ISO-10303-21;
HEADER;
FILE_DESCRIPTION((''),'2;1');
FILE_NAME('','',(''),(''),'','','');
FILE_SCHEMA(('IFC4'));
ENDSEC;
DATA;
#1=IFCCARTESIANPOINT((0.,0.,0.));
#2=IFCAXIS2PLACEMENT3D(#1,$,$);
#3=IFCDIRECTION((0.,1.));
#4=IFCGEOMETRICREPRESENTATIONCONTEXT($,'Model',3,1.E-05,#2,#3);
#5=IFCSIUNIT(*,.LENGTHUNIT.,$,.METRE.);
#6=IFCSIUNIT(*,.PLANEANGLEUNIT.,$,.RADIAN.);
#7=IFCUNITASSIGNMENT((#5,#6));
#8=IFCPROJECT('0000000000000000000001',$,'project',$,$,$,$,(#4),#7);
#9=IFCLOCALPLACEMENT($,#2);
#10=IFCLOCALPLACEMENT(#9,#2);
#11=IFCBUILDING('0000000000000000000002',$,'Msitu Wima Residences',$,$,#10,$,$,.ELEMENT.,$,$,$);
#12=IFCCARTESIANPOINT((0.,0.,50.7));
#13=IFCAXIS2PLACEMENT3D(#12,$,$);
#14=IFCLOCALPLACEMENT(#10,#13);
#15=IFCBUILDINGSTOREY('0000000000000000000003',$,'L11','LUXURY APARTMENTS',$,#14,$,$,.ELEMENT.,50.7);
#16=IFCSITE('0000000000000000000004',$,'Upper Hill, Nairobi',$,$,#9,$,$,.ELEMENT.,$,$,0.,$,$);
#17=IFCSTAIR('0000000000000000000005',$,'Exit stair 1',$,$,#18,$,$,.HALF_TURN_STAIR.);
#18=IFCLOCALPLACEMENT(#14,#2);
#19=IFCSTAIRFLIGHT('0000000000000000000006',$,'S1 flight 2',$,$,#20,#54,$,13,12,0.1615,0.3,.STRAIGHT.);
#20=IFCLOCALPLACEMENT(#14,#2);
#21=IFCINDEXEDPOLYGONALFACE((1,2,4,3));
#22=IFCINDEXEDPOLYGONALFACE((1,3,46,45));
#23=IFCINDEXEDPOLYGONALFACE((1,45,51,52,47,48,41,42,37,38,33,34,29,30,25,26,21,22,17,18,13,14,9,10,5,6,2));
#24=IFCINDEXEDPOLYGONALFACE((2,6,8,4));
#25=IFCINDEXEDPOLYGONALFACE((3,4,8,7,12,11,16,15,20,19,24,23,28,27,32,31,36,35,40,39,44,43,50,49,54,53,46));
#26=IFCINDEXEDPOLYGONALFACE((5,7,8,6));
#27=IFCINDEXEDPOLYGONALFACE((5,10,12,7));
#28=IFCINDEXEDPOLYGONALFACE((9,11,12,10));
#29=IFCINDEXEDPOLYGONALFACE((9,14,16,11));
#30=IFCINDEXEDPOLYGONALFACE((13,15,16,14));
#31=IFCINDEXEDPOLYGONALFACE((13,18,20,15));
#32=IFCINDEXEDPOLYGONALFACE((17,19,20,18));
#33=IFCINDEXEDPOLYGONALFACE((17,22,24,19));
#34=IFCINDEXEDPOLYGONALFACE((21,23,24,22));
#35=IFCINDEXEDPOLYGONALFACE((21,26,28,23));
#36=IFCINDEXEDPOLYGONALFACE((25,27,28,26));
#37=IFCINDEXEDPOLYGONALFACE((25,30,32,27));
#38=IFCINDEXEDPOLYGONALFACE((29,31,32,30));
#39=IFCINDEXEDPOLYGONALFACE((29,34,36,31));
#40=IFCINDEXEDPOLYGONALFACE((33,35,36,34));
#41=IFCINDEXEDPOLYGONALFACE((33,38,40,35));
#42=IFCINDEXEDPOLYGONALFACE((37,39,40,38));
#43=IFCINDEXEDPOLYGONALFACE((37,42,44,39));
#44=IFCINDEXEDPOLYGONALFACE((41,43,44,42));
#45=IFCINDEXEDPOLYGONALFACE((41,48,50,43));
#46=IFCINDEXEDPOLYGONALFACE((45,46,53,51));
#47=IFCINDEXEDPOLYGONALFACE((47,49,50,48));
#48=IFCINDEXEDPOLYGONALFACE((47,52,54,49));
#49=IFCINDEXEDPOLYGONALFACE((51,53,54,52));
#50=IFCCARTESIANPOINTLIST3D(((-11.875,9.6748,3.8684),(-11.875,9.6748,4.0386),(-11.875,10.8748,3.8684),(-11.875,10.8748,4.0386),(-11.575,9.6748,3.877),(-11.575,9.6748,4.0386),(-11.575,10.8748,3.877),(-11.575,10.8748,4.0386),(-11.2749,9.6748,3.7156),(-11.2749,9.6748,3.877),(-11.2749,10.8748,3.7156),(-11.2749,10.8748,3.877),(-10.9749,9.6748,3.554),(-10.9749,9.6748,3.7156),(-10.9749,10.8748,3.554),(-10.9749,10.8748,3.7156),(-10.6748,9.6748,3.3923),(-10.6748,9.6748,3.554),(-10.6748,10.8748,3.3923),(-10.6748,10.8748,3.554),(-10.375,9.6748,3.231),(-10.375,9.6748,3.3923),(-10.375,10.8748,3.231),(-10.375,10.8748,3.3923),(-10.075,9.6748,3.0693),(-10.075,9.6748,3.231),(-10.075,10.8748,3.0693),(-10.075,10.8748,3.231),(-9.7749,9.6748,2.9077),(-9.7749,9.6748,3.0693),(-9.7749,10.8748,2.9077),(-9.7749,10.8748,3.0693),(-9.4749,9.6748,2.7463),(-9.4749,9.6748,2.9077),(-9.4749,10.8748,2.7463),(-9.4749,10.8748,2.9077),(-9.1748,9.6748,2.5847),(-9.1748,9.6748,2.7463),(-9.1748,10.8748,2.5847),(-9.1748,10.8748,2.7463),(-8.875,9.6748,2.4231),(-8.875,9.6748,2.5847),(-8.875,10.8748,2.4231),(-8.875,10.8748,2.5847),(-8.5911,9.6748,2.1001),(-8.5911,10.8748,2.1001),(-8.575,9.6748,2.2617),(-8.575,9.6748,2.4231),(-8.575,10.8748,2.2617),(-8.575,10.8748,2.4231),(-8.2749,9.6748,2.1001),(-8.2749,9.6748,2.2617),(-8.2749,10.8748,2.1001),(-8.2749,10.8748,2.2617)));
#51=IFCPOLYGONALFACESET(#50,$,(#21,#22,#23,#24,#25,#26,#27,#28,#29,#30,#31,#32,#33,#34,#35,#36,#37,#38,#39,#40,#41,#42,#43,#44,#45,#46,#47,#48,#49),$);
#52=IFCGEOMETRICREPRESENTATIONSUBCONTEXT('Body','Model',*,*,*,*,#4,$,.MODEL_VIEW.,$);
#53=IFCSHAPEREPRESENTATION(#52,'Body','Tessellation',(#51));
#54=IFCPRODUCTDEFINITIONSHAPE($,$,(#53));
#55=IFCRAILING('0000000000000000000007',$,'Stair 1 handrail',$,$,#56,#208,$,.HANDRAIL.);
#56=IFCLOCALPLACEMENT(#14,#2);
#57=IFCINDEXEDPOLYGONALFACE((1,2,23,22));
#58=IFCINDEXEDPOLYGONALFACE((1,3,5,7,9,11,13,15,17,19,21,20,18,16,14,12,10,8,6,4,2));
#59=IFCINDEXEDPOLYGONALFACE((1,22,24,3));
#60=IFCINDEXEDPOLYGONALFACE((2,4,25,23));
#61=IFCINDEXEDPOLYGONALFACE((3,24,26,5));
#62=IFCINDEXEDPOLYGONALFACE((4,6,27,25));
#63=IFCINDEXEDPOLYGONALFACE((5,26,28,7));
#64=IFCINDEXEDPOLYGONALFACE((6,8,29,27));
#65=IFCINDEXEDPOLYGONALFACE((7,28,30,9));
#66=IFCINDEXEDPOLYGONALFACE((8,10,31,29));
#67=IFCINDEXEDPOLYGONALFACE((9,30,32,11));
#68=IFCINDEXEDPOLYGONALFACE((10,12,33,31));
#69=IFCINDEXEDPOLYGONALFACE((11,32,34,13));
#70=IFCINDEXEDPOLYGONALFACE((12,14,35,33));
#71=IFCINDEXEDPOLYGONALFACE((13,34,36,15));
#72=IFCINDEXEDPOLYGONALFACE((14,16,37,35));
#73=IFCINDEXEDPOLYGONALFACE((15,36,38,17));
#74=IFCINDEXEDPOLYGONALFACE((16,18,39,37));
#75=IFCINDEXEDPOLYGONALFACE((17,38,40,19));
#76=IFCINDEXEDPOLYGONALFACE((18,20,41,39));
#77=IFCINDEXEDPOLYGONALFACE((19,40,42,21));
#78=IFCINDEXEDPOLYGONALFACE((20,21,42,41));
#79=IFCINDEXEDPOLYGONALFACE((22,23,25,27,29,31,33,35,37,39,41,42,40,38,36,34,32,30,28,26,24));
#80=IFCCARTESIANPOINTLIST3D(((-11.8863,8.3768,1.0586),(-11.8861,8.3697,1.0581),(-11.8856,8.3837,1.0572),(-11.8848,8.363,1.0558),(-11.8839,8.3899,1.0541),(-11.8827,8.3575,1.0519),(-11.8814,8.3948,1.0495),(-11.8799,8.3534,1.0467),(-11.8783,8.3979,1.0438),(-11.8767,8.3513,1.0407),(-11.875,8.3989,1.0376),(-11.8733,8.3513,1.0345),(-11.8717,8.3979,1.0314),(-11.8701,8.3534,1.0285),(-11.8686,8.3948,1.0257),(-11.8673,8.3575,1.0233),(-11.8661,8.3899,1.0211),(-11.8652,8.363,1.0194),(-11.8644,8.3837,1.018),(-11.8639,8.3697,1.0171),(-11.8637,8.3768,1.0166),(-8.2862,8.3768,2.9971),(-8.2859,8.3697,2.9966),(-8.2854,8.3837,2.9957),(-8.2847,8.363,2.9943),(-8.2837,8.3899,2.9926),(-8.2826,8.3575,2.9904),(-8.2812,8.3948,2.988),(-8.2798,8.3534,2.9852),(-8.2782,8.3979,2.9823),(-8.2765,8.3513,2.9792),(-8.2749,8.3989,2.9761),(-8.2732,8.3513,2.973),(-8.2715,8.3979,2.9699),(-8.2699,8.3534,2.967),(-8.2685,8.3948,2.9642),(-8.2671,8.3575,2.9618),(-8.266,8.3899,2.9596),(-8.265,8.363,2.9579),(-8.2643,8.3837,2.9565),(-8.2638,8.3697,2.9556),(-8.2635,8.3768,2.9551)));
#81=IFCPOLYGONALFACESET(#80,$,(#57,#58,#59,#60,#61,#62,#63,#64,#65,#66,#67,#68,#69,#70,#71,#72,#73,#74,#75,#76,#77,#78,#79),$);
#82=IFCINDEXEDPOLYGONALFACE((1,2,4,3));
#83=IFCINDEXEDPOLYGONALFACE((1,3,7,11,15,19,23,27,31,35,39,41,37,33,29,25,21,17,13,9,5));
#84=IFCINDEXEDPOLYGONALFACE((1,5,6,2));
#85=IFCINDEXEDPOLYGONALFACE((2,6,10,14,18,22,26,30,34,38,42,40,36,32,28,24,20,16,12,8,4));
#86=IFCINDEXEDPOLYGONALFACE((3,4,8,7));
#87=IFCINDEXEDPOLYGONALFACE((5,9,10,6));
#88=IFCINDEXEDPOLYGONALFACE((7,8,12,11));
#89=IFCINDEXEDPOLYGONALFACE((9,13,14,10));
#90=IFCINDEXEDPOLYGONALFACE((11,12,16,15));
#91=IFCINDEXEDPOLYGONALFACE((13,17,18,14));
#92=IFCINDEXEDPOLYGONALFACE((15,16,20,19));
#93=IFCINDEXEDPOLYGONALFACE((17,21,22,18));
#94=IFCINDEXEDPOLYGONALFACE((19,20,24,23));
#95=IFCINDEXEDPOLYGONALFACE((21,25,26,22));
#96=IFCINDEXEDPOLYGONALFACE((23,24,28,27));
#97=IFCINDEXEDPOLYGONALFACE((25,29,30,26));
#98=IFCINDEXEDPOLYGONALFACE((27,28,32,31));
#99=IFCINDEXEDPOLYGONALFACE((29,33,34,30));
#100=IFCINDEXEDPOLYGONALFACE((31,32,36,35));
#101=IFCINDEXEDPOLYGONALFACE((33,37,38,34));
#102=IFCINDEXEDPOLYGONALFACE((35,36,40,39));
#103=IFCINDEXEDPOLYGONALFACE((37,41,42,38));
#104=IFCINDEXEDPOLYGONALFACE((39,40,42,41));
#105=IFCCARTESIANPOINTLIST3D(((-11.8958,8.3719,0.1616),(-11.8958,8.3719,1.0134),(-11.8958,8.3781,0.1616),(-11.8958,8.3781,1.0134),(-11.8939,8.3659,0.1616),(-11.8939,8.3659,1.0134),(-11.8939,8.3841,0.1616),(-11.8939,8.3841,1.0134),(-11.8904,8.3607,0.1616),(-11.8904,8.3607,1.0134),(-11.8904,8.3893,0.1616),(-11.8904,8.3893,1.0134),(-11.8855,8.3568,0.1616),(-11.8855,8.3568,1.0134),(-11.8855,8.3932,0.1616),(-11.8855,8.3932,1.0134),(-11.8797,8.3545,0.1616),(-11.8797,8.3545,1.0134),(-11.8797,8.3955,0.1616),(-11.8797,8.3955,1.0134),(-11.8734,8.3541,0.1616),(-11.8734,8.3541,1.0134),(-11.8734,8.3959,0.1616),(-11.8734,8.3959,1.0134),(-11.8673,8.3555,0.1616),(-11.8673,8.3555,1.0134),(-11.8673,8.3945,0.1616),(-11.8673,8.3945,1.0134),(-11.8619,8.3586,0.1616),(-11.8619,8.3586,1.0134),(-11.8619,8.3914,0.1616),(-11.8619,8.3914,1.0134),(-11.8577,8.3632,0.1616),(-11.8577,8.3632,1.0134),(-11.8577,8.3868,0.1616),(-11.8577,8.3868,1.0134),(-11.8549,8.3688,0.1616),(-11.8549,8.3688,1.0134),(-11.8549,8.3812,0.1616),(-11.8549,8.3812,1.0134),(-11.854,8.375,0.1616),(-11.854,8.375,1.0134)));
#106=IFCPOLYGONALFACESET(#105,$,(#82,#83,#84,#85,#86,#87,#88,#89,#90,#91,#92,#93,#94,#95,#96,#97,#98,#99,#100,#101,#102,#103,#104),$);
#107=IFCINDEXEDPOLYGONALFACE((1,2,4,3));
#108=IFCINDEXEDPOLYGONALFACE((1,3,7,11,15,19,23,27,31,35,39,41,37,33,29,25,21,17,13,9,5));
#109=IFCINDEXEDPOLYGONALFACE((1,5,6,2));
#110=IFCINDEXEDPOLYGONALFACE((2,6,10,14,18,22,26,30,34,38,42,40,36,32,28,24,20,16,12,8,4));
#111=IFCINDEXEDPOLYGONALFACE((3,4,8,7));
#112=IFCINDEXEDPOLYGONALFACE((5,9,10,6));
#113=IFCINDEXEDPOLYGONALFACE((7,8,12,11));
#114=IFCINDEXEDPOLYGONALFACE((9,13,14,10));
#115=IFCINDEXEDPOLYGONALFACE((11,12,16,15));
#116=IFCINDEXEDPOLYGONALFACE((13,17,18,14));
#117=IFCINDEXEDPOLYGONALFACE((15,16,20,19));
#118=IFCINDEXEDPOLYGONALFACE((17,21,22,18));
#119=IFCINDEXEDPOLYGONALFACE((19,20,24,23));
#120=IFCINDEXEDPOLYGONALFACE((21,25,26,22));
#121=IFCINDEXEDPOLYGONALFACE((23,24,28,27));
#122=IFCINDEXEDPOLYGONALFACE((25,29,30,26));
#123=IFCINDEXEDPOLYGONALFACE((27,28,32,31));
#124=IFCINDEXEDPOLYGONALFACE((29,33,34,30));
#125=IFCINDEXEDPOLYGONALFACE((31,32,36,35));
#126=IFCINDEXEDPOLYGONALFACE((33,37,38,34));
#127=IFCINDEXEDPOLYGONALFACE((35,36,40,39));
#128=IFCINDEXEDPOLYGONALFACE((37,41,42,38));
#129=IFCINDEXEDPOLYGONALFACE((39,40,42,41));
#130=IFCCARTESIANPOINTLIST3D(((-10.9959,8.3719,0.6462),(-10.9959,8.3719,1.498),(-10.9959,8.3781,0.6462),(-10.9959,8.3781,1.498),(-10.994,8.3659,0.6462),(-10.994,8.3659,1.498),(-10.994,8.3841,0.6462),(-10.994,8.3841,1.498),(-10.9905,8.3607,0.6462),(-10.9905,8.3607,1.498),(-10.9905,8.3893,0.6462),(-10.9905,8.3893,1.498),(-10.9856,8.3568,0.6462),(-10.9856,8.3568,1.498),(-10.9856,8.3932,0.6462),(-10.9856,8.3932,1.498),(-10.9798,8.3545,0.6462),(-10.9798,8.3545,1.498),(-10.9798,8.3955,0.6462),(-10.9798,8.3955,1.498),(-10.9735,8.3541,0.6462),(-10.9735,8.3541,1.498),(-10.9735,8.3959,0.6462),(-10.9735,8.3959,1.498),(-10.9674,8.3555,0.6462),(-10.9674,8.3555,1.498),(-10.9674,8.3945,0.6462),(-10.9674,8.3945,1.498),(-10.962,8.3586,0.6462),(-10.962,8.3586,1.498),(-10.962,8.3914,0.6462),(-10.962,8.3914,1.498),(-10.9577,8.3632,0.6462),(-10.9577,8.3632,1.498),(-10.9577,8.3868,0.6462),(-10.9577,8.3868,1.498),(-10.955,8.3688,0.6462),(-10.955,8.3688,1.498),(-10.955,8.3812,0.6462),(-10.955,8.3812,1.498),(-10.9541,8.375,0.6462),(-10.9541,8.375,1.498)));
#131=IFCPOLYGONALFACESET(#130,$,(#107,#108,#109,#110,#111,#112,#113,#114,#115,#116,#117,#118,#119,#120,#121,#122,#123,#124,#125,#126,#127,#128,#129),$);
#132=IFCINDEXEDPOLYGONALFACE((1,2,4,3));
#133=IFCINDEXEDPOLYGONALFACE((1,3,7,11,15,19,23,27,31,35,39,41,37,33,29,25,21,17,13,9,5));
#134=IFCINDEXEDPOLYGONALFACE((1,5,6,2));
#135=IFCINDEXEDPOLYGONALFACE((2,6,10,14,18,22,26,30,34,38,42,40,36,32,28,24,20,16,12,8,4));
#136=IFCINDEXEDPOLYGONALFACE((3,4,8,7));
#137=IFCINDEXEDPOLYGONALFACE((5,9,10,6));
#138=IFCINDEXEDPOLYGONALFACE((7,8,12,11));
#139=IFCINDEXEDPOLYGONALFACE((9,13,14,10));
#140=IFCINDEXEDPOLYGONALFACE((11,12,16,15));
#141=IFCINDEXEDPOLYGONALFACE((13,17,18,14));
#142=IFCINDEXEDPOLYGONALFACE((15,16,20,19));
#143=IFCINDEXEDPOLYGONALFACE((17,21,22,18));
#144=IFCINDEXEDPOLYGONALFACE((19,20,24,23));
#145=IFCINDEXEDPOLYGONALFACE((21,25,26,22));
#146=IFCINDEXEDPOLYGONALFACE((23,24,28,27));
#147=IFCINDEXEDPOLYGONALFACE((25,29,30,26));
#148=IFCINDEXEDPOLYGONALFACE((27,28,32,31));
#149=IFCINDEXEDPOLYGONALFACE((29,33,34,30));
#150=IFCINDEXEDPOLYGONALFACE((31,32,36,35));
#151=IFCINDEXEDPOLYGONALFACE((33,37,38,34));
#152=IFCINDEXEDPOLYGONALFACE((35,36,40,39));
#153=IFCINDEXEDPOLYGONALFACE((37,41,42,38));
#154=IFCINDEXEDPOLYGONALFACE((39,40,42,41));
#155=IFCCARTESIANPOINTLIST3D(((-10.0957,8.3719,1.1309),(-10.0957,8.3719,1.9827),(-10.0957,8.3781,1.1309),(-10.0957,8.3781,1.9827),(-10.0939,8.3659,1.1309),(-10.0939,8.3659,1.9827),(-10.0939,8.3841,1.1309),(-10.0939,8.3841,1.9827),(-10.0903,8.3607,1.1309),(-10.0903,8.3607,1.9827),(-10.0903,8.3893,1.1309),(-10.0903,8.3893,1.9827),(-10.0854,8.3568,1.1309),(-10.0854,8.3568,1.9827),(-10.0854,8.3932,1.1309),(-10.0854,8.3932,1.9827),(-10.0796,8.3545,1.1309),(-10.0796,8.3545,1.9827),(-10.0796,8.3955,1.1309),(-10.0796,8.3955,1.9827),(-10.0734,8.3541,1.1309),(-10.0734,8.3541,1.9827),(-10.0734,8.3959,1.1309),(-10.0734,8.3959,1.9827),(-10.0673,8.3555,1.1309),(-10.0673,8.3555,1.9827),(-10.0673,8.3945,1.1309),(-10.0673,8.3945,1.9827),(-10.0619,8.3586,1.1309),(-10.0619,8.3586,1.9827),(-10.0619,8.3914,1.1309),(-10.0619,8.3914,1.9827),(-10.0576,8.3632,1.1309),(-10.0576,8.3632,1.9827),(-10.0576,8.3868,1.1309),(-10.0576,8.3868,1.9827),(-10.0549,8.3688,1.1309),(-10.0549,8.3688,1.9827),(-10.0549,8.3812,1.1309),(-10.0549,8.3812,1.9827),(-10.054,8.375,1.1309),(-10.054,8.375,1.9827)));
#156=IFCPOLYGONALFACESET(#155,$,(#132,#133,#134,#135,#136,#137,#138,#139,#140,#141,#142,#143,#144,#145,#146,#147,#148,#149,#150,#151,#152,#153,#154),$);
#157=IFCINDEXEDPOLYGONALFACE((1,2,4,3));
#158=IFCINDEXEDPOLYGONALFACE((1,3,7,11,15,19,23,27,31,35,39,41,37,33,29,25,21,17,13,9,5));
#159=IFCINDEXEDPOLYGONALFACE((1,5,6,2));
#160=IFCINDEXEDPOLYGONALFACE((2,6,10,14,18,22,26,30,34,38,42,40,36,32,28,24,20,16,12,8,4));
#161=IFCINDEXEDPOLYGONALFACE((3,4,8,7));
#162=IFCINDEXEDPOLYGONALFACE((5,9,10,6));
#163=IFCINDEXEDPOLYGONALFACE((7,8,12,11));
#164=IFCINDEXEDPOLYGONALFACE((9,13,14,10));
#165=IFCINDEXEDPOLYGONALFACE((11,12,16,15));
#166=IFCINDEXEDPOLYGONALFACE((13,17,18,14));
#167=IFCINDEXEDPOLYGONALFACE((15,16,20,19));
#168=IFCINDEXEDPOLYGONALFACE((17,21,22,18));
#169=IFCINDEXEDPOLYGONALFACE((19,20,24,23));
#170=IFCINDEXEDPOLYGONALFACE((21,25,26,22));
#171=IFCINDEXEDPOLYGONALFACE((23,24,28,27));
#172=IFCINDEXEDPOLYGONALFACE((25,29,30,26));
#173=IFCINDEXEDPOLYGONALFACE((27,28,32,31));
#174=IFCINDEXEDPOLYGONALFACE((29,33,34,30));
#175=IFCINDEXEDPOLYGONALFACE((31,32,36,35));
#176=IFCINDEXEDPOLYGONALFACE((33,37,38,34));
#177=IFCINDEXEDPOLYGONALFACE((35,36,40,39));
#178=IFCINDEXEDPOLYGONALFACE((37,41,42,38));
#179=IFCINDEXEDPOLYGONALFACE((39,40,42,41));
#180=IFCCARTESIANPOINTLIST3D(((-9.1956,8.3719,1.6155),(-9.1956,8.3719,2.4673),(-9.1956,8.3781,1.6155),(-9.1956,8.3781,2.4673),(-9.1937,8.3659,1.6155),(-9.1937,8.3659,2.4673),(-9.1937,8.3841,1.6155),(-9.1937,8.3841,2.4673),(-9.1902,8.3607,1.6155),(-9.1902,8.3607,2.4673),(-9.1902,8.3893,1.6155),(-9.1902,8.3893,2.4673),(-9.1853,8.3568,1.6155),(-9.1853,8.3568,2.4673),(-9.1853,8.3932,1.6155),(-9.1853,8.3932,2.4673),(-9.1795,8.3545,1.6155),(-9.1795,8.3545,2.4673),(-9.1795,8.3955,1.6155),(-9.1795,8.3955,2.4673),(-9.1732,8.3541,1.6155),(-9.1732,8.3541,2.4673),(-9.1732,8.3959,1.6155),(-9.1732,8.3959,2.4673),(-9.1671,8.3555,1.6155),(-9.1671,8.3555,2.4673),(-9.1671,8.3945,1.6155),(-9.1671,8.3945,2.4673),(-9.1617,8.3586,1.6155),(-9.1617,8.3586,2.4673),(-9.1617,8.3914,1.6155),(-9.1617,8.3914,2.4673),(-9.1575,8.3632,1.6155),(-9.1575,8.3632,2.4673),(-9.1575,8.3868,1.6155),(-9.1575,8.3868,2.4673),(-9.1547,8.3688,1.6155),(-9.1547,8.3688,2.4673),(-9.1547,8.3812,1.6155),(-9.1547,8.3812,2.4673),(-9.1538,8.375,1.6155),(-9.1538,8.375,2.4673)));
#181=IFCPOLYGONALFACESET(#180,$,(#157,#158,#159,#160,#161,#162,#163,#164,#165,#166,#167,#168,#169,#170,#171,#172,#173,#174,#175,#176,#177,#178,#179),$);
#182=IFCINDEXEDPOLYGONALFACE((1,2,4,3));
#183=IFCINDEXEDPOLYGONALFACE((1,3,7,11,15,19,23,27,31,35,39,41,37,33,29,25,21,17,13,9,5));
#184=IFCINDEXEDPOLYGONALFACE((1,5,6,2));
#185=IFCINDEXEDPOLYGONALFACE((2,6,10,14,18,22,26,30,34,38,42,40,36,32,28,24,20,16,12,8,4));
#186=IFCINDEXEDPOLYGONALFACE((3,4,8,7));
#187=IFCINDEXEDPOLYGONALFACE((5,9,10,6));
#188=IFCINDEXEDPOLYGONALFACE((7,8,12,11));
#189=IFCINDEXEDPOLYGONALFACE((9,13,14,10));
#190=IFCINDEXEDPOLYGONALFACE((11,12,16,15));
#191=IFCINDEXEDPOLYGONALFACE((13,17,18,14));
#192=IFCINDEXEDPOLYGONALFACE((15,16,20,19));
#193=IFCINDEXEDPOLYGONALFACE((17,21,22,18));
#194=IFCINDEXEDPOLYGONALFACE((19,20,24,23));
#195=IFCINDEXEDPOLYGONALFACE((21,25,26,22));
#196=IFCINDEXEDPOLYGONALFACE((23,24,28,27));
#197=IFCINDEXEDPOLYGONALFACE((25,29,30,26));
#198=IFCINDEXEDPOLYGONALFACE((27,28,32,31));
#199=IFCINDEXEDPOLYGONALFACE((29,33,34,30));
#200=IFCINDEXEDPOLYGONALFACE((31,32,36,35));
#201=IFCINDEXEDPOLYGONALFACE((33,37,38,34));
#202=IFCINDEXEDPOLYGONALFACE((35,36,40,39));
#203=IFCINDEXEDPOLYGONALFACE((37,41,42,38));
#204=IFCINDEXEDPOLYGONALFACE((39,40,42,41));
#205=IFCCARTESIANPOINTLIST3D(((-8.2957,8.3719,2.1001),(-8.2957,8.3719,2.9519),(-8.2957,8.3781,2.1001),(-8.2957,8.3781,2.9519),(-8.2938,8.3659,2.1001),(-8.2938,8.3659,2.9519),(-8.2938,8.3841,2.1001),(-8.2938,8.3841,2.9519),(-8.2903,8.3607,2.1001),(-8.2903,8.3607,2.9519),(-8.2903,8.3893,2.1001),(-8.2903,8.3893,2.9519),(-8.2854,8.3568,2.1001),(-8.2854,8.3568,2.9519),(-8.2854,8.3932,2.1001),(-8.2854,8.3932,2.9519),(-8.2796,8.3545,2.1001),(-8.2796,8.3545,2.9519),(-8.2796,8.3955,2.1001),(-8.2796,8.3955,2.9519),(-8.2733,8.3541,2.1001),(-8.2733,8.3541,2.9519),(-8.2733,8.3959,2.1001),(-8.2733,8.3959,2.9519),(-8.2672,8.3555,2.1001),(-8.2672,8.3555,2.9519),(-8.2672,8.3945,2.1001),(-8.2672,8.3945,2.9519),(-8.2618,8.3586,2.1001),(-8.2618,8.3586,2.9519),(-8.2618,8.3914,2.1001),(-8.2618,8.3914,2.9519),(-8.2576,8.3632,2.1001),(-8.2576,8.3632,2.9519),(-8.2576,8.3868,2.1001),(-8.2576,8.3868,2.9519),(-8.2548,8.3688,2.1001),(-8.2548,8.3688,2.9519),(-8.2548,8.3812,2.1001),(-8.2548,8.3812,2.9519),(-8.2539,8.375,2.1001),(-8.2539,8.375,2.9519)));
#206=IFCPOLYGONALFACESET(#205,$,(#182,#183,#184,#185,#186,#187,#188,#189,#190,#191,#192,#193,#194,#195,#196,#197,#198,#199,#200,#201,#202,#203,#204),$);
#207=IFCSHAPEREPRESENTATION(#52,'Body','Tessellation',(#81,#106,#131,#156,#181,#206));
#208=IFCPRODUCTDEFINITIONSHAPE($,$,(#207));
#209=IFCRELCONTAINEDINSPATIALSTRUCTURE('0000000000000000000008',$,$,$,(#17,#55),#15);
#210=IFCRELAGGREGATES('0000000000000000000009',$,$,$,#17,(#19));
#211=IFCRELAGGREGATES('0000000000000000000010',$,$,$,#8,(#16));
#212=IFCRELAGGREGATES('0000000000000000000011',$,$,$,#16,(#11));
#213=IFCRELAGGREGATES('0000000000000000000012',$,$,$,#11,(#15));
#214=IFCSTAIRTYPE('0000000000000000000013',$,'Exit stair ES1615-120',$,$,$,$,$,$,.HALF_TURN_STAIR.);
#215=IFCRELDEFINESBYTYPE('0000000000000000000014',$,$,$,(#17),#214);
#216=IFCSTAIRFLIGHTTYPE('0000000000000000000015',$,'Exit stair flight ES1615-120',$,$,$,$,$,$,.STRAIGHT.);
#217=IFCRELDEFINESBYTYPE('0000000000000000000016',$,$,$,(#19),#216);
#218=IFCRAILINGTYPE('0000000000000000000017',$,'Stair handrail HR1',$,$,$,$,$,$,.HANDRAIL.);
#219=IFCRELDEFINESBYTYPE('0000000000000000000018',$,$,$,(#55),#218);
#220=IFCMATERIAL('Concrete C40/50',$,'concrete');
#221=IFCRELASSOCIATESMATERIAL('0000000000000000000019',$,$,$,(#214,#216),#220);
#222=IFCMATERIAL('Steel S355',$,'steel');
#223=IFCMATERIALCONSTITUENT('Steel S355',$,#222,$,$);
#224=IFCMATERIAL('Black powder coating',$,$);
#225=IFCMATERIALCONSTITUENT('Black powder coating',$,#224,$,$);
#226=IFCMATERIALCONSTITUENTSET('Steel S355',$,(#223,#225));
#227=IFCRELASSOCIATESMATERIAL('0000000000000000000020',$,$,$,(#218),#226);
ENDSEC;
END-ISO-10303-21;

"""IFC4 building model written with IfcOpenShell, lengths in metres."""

from ifc_helpers import new_model, si_unit, direction, frame, origin, origin_2d, place, context, subcontext, project, spatial, polyline, circle, outline, extrude, material, constituent, constituent_set, type_object, element, aggregate, save


model = new_model("IFC4")

# Units and contexts
model_context = context("Model", 3, precision=1e-05, world=origin(), true_north=direction((0.0, 1.0)))
body_context = subcontext(model_context, "Body", "Model", "MODEL_VIEW")
ifc_project = project(units=[si_unit("LENGTHUNIT", "METRE"), si_unit("PLANEANGLEUNIT", "RADIAN")], contexts=[model_context])

# Site, building, storey
site_placement = place(None, origin())
site = spatial("IfcSite", under=ifc_project, at=site_placement, Name="Upper Hill, Nairobi", CompositionType="ELEMENT", RefElevation=0.0)
building_placement = place(site_placement, origin())
building = spatial("IfcBuilding", under=site, at=building_placement, Name="Msitu Wima Residences", CompositionType="ELEMENT")
storey_placement = place(building_placement, frame((0.0, 0.0, 50.7)))
storey = spatial("IfcBuildingStorey", under=building, at=storey_placement, Name="L11", Description="LUXURY APARTMENTS", CompositionType="ELEMENT", Elevation=50.7)

# Shared definitions
ifc_material_1 = material(Name="Concrete C40/50", Category="concrete")

# Stair, stair flight
stair_type = type_object("IfcStairType", Name="Exit stair ES1615-120", PredefinedType="HALF_TURN_STAIR", material=ifc_material_1)
stair_placement = place(storey_placement, origin())
stair = element("IfcStair", 1, at=stair_placement, inside=storey, type_object=stair_type, Name="Exit stair 1", PredefinedType="HALF_TURN_STAIR")
stair_flight_type = type_object("IfcStairFlightType", Name="Exit stair flight ES1615-120", PredefinedType="STRAIGHT", material=ifc_material_1)
stair_flight_1_placement = place(storey_placement, frame((-8.2749, 10.2749, 2.1001), z_axis=(0.0, 0.0, 1.0), x_axis=(-1.0, 0.0, 0.0)))
stair_flight_1 = element("IfcStairFlight", 2, at=stair_flight_1_placement, type_object=stair_flight_type, Name="S1 flight 2", NumberOfRisers=13, NumberOfTreads=12, PredefinedType="STRAIGHT", RiserHeight=0.1615, TreadLength=0.3, context=body_context, shape_type="SweptSolid", body=[
    extrude(outline(polyline([(0.0, 0.0), (0.0, 0.1616), (0.3, 0.1616), (0.3, 0.323), (0.6001, 0.323), (0.6001, 0.4846), (0.8999, 0.4846), (0.8999, 0.6462), (1.2, 0.6462), (1.2, 0.8076), (1.5, 0.8076), (1.5, 0.9692), (1.8, 0.9692), (1.8, 1.1309), (2.1001, 1.1309), (2.1001, 1.2922), (2.3999, 1.2922), (2.3999, 1.4539), (2.7, 1.4539), (2.7, 1.6155), (3.0, 1.6155), (3.0, 1.7769), (3.3, 1.7769), (3.3, 1.9385), (3.6001, 1.9385), (3.6001, 2.1001), (3.6001, 1.7683), (0.3162, 0.0), (0.0, 0.0)])), frame((0.0, 0.6001, 0.0), z_axis=(0.0, -1.0, 0.0), x_axis=(1.0, 0.0, 0.0)), (0.0, 0.0, 1.0), 1.2),
])
aggregate(stair, [stair_flight_1])

# Railing
ifc_material_2 = material(Name="Steel S355", Category="steel")
ifc_constituent_1 = constituent(ifc_material_2, Name="Steel S355")
ifc_material_3 = material(Name="Black powder coating")
ifc_constituent_2 = constituent(ifc_material_3, Name="Black powder coating")
ifc_constituent_set = constituent_set(constituents=[ifc_constituent_1, ifc_constituent_2], Name="Steel S355")
railing_type = type_object("IfcRailingType", Name="Stair handrail HR1", PredefinedType="HANDRAIL", material=ifc_constituent_set)
for number, where, name in (
    (3, (-11.875, 8.375, 0.1616), "Stair 1 handrail"),
):
    element("IfcRailing", number, at=place(storey_placement, frame(where)), inside=storey, type_object=railing_type, Name=name, PredefinedType="HANDRAIL", context=body_context, shape_type="SweptSolid", body=[
        extrude(circle(Radius=0.0239, at=origin_2d()), frame((0.0, 0.0, 0.876), z_axis=(0.880475, 0.0, 0.474093), x_axis=(0.0, 1.0, 0.0)), (0.0, 0.0, 1.0), 4.0889),
        extrude(circle(Radius=0.021, at=origin_2d()), origin(), (0.0, 0.0, 1.0), 0.8518),
        extrude(circle(Radius=0.021, at=origin_2d()), frame((0.8999, 0.0, 0.4846)), (0.0, 0.0, 1.0), 0.8518),
        extrude(circle(Radius=0.021, at=origin_2d()), frame((1.8, 0.0, 0.9692)), (0.0, 0.0, 1.0), 0.8518),
        extrude(circle(Radius=0.021, at=origin_2d()), frame((2.7002, 0.0, 1.4539)), (0.0, 0.0, 1.0), 0.8518),
        extrude(circle(Radius=0.021, at=origin_2d()), frame((3.6001, 0.0, 1.9385)), (0.0, 0.0, 1.0), 0.8518),
    ])

save(model, "model.ifc")
